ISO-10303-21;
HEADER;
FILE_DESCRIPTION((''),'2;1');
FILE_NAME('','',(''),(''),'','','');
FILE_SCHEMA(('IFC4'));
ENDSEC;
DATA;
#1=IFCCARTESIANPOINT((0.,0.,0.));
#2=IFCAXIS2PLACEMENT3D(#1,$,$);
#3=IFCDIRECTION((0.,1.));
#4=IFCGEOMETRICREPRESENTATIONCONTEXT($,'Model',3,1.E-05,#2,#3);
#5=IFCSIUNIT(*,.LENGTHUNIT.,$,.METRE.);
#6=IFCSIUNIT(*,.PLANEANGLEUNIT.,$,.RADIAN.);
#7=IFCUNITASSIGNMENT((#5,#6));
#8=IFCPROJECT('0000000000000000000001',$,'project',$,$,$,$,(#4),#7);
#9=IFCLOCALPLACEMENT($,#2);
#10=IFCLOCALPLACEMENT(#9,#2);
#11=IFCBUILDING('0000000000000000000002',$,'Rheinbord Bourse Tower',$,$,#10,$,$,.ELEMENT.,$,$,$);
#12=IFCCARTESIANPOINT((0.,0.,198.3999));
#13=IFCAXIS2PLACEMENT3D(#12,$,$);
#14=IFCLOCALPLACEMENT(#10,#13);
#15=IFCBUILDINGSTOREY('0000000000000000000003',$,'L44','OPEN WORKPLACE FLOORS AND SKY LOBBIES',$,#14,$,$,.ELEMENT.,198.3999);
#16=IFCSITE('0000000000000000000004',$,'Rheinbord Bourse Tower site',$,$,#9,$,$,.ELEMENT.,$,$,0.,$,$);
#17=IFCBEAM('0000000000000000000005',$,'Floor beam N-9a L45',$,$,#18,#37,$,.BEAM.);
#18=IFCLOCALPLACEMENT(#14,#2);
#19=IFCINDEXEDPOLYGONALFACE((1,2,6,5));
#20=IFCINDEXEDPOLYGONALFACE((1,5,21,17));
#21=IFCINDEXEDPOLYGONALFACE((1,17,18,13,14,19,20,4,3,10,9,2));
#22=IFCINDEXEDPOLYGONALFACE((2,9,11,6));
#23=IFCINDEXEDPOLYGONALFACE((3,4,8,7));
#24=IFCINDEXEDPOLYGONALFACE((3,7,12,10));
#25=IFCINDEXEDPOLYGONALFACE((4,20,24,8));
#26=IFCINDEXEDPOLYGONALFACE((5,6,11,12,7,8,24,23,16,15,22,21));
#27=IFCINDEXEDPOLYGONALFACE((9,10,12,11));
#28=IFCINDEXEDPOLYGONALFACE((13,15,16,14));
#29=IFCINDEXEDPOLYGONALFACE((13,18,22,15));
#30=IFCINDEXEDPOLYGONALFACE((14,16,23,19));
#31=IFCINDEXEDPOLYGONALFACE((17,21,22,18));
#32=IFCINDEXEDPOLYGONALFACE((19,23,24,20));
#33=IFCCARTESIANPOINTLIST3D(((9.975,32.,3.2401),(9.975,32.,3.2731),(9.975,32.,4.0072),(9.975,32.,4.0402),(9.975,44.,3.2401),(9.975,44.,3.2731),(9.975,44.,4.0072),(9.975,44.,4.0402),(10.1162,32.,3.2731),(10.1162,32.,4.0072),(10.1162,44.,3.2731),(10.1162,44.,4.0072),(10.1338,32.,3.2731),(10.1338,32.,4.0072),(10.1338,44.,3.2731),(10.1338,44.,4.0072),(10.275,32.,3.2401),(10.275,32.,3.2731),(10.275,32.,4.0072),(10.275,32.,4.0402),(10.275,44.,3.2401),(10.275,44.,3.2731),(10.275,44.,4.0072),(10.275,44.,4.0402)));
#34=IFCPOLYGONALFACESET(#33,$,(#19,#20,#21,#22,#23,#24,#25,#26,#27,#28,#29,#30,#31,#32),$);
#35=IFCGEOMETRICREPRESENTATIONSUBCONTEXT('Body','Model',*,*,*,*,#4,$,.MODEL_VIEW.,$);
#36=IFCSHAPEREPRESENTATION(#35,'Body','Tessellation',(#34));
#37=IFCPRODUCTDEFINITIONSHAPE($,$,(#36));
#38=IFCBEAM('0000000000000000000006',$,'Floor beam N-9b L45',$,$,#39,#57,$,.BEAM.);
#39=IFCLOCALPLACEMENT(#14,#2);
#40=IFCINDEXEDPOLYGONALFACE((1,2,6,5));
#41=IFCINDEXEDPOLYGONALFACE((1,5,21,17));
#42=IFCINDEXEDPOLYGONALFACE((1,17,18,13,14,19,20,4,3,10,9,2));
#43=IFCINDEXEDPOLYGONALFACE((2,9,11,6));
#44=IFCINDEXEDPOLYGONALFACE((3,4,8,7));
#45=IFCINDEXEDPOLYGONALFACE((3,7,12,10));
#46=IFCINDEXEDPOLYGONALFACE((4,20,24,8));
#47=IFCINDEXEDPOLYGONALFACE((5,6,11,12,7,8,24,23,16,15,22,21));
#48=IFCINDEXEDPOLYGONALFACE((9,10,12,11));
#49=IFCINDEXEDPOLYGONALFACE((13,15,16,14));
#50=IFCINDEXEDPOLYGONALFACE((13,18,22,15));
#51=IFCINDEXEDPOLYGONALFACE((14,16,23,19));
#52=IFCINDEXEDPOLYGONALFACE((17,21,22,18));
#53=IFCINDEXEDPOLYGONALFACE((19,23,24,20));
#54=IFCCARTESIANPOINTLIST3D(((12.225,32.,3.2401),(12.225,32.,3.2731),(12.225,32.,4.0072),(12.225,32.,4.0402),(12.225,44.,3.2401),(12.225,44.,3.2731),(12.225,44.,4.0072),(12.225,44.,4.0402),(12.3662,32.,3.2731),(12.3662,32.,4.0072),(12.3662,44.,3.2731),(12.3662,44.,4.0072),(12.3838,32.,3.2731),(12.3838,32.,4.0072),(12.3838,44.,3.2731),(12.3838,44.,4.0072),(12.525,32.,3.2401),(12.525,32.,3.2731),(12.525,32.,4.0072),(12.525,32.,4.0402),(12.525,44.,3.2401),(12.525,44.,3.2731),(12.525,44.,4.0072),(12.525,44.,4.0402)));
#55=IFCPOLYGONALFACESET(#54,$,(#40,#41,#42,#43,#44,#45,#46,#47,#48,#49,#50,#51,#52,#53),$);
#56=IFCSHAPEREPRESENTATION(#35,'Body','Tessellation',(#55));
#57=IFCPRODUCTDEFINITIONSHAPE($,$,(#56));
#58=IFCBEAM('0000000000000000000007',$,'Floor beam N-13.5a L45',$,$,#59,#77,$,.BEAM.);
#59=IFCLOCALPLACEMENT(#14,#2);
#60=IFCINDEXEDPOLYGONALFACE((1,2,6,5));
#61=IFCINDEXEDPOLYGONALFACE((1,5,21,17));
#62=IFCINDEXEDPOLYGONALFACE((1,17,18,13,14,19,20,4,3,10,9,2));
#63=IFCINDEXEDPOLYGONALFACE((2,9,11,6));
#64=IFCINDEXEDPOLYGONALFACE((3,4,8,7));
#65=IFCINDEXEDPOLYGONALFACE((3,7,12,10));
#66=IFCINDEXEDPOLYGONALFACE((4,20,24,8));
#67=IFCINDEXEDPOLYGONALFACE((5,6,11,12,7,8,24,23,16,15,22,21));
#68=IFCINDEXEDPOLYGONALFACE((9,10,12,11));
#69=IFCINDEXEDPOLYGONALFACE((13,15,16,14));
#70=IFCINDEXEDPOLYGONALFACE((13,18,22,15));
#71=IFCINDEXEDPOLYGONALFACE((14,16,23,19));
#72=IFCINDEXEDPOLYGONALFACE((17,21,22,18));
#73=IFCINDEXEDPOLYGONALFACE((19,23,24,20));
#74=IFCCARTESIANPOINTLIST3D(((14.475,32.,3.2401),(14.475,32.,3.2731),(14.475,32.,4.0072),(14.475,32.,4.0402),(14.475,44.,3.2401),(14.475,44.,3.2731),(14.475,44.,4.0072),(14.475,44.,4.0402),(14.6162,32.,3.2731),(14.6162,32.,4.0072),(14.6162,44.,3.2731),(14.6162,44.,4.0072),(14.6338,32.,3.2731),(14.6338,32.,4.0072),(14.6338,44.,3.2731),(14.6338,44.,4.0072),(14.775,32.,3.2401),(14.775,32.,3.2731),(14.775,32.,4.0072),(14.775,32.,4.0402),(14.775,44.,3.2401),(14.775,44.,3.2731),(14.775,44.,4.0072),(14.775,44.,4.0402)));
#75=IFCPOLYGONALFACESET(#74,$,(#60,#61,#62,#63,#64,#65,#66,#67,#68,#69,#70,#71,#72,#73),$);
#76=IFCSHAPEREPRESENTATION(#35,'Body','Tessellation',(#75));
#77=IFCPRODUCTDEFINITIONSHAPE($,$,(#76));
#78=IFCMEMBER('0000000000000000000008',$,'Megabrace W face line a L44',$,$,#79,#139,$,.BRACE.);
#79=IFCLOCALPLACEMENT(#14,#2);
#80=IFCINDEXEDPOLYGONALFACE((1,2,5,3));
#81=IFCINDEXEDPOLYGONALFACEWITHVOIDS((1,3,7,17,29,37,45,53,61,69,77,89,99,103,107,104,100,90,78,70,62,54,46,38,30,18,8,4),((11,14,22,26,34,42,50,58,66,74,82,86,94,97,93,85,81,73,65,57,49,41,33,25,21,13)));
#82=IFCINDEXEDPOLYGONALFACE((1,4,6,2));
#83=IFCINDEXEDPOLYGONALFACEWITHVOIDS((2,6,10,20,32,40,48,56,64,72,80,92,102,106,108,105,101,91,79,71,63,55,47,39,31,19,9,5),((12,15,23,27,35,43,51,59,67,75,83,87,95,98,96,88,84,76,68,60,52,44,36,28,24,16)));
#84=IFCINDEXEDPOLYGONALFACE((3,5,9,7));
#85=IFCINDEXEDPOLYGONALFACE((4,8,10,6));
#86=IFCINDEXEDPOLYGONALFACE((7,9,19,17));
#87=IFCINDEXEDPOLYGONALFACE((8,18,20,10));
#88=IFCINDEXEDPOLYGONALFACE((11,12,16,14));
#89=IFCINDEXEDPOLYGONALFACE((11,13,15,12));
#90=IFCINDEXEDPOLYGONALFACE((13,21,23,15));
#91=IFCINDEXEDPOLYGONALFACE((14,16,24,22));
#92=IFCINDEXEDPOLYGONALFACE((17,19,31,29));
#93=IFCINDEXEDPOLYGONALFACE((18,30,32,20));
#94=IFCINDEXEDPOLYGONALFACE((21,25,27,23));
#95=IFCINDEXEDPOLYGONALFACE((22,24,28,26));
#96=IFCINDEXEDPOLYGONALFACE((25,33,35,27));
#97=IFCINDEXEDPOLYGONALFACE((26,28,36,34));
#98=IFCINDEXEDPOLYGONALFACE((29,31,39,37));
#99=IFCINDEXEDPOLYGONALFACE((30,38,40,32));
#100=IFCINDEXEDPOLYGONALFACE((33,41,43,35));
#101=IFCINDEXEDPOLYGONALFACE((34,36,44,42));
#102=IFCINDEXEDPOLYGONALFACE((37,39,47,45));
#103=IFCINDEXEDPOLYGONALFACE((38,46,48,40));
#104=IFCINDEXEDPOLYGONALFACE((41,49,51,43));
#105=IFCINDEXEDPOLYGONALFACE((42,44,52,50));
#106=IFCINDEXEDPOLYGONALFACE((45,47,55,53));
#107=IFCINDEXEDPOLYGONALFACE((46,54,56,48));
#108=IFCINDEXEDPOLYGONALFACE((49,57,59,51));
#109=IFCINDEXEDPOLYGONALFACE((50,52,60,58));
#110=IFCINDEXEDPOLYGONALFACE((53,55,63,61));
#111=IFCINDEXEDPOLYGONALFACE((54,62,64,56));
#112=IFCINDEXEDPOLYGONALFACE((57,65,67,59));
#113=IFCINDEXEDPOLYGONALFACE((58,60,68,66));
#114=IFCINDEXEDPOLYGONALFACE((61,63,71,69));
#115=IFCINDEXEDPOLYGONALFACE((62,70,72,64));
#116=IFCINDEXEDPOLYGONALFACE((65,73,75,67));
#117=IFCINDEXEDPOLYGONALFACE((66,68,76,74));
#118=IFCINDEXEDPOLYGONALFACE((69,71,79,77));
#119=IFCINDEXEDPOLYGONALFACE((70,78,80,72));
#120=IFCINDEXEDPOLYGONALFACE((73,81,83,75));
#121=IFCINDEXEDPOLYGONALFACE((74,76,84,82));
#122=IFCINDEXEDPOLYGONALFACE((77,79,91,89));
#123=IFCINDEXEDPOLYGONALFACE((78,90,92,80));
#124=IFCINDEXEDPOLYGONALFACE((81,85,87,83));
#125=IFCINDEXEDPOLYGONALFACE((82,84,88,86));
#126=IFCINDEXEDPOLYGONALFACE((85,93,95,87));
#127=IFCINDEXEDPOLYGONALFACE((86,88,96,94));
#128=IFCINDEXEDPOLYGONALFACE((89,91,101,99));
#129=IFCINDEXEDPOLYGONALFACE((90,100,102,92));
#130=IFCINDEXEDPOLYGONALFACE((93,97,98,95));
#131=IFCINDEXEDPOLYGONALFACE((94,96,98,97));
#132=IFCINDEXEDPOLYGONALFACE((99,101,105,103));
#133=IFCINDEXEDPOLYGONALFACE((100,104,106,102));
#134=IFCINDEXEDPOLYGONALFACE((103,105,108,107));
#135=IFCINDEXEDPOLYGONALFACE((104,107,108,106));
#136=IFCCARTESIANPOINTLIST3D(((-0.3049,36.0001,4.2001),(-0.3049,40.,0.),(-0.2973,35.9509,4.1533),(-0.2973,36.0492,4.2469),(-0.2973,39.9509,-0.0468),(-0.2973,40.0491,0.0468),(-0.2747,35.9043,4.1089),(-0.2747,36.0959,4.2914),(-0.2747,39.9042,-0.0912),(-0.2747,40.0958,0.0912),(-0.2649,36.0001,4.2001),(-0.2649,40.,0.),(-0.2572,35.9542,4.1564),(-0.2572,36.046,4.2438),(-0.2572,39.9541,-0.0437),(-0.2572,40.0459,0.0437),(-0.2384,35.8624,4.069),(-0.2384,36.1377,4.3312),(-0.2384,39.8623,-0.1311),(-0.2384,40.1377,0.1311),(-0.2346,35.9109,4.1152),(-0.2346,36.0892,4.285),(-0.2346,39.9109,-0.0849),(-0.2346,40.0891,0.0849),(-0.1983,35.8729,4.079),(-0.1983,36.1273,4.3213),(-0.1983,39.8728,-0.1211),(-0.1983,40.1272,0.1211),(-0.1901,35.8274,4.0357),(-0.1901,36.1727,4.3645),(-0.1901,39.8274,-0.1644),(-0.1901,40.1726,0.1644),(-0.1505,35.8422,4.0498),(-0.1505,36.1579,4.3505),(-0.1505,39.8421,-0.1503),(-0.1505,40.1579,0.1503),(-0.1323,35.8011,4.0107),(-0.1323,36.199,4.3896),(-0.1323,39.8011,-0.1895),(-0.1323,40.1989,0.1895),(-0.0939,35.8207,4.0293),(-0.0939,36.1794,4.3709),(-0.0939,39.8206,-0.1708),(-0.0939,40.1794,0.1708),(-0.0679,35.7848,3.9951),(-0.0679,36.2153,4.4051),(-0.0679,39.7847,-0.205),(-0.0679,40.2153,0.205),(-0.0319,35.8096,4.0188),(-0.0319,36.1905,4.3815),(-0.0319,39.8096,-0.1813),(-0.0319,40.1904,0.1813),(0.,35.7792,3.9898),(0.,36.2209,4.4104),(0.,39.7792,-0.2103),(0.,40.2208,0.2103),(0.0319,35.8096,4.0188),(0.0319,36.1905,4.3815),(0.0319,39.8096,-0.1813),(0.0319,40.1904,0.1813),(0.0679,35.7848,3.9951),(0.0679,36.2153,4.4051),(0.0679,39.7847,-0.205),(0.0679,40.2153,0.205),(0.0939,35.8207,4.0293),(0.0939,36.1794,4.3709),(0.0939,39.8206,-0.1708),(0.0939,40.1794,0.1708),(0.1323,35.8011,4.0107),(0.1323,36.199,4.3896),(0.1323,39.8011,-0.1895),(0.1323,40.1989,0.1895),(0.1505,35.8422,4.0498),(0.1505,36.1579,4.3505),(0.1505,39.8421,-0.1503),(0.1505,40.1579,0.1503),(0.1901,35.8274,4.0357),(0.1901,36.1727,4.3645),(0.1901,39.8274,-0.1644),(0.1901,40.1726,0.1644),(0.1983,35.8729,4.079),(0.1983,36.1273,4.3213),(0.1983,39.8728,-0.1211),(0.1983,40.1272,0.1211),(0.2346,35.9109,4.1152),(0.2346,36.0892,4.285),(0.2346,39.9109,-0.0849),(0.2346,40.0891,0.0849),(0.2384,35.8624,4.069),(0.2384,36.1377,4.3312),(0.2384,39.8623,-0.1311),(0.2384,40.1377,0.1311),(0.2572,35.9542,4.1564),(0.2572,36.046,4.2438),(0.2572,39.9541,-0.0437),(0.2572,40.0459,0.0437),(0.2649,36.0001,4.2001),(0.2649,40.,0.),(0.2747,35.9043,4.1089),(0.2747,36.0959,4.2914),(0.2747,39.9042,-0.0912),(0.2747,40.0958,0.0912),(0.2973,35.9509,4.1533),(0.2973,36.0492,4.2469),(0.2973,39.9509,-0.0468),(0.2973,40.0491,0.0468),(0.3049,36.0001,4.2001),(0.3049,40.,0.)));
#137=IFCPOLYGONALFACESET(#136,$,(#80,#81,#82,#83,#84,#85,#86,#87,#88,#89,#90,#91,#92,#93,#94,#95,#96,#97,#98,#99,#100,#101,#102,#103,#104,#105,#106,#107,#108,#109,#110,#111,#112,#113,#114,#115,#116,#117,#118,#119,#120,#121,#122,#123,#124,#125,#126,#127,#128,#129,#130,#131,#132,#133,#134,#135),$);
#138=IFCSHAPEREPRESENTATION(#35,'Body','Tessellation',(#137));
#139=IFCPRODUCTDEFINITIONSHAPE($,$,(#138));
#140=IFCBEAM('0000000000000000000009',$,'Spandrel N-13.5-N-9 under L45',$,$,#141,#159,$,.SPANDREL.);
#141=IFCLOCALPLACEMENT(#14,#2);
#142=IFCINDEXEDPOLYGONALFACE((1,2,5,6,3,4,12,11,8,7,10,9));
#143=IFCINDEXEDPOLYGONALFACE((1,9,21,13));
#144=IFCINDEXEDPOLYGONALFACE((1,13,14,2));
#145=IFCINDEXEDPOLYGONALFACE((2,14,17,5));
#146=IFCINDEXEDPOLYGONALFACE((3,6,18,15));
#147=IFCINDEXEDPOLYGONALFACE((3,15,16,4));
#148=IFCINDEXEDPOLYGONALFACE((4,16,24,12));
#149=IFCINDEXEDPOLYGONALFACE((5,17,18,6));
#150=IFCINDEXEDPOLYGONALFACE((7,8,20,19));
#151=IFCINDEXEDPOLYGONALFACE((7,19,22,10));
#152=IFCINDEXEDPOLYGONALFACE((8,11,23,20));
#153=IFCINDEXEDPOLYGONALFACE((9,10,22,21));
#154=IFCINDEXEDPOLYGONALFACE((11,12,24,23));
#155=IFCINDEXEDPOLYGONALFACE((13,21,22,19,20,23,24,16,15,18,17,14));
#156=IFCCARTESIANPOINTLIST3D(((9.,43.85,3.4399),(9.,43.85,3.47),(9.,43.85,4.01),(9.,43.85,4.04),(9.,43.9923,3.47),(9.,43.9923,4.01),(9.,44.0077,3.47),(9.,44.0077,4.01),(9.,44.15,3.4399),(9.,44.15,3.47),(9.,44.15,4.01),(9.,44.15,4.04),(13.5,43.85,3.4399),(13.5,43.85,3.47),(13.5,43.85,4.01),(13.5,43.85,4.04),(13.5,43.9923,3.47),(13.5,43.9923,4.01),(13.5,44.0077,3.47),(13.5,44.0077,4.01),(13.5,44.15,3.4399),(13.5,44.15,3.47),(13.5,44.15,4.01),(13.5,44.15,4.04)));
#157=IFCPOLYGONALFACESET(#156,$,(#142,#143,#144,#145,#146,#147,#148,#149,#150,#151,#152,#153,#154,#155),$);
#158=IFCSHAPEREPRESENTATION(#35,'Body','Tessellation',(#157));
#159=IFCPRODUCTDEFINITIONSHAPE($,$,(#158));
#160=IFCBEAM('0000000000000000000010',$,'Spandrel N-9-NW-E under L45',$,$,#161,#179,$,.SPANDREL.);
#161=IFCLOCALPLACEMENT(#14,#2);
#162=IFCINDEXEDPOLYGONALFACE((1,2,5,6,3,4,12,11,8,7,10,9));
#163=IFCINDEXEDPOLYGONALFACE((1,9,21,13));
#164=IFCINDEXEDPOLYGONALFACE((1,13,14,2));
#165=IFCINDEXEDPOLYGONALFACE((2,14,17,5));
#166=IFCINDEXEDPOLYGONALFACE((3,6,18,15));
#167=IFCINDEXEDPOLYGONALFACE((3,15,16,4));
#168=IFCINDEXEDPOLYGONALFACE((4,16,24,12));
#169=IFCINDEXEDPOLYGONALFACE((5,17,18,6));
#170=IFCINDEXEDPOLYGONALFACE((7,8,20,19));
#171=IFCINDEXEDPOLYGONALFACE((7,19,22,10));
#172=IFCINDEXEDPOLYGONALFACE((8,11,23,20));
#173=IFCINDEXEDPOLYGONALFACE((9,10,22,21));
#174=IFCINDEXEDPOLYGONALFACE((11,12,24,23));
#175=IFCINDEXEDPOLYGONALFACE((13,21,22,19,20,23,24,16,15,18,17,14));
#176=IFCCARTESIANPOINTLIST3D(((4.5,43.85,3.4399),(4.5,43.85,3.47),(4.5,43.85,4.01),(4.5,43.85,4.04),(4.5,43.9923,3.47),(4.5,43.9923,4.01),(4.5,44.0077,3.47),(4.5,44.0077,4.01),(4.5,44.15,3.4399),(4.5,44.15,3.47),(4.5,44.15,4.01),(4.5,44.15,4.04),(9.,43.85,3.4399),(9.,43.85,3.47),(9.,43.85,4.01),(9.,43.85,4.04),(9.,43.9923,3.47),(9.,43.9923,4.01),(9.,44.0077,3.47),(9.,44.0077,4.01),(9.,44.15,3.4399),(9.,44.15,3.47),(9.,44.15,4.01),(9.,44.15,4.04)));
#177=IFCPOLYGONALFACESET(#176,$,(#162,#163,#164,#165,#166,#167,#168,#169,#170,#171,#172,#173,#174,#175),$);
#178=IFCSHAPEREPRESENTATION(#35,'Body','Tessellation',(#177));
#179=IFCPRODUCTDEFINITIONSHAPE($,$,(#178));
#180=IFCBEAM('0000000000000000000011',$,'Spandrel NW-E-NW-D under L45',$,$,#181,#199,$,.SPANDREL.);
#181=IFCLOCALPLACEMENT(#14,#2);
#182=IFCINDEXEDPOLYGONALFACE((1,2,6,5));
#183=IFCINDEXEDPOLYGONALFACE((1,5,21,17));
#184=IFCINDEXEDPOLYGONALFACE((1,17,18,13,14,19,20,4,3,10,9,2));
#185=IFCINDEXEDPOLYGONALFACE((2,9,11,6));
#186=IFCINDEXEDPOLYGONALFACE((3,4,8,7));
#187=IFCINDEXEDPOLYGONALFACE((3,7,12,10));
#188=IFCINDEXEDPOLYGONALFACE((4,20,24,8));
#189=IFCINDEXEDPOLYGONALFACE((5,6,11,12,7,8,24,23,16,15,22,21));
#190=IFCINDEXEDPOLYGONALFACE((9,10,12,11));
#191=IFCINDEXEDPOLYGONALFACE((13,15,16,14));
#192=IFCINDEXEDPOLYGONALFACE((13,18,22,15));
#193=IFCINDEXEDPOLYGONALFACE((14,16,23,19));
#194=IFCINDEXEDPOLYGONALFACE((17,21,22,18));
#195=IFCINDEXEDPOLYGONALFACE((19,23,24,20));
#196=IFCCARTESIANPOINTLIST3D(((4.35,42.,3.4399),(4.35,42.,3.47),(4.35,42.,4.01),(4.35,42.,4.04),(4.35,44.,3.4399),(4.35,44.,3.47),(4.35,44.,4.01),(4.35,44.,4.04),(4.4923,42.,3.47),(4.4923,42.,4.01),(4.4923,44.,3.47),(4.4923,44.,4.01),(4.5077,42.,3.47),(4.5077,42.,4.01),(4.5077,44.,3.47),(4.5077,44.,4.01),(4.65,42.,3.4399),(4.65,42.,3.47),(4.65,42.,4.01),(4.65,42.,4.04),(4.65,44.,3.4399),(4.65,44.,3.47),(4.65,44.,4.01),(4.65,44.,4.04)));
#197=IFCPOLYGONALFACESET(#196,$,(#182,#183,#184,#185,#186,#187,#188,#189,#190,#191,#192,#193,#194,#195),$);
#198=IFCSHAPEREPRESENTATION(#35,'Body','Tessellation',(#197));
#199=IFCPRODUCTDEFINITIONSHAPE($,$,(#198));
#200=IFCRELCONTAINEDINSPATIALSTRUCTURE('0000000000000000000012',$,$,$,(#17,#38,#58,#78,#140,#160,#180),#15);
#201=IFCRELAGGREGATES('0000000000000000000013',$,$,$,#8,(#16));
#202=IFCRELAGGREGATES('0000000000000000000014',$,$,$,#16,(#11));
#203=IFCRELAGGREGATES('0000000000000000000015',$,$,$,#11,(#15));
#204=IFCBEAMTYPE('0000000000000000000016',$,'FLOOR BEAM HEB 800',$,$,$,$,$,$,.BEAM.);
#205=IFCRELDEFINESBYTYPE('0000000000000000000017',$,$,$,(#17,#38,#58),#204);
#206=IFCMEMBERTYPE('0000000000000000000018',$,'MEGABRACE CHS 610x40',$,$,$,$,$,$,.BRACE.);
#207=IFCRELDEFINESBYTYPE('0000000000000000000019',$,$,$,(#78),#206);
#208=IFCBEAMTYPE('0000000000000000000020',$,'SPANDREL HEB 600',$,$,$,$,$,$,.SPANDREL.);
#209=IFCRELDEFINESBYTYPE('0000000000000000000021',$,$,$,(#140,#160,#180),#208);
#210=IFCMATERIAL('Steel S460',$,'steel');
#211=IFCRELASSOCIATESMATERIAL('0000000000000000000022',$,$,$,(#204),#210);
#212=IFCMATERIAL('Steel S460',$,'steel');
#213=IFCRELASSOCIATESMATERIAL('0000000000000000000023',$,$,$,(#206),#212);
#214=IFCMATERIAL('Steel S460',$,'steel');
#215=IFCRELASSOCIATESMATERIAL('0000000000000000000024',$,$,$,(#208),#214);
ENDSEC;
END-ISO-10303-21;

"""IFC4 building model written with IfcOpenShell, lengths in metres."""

from ifc_helpers import new_model, si_unit, direction, frame, origin, origin_2d, place, context, subcontext, project, spatial, hollow_circle, i_section, extrude, material, material_profile, profile_set, type_object, element, save


model = new_model("IFC4")

# Units and contexts
model_context = context("Model", 3, precision=1e-05, world=origin(), true_north=direction((0.0, 1.0)))
body_context = subcontext(model_context, "Body", "Model", "MODEL_VIEW")
ifc_project = project(units=[si_unit("LENGTHUNIT", "METRE"), si_unit("PLANEANGLEUNIT", "RADIAN")], contexts=[model_context])

# Site, building, storey
site_placement = place(None, origin())
site = spatial("IfcSite", under=ifc_project, at=site_placement, Name="Rheinbord Bourse Tower site", CompositionType="ELEMENT", RefElevation=0.0)
building_placement = place(site_placement, origin())
building = spatial("IfcBuilding", under=site, at=building_placement, Name="Rheinbord Bourse Tower", CompositionType="ELEMENT")
storey_placement = place(building_placement, frame((0.0, 0.0, 198.3999)))
storey = spatial("IfcBuildingStorey", under=building, at=storey_placement, Name="L44", Description="OPEN WORKPLACE FLOORS AND SKY LOBBIES", CompositionType="ELEMENT", Elevation=198.3999)

# Beams
ifc_material_1 = material(Name="Steel S460", Category="steel")
ifc_material_profile_1 = material_profile(ifc_material_1, i_section(OverallWidth=0.3, OverallDepth=0.8, WebThickness=0.0176, FlangeThickness=0.033, at=origin_2d()), Name="HEB 800")
ifc_profile_set_1 = profile_set([ifc_material_profile_1], Name="Steel S460")
beam_type_1 = type_object("IfcBeamType", Name="FLOOR BEAM HEB 800", PredefinedType="BEAM", material=ifc_profile_set_1)
for number, where, z_axis, x_axis, name in (
    (1, (10.125, 44.0, 3.6401), (0.0, -1.0, 0.0), (1.0, 0.0, 0.0), "Floor beam N-9a L45"),
    (2, (12.375, 44.0, 3.6401), (0.0, -1.0, 0.0), (1.0, 0.0, 0.0), "Floor beam N-9b L45"),
    (3, (14.625, 44.0, 3.6401), (0.0, -1.0, 0.0), (1.0, 0.0, 0.0), "Floor beam N-13.5a L45"),
):
    element("IfcBeam", number, at=place(storey_placement, frame(where, z_axis=z_axis, x_axis=x_axis)), inside=storey, type_object=beam_type_1, Name=name, PredefinedType="BEAM", context=body_context, shape_type="SweptSolid", body=[
        extrude(i_section(OverallWidth=0.3, OverallDepth=0.8, WebThickness=0.0176, FlangeThickness=0.033, at=origin_2d()), origin(), (0.0, 0.0, 1.0), 12.0),
    ])

# Member
ifc_material_2 = material(Name="Steel S460", Category="steel")
ifc_material_profile_2 = material_profile(ifc_material_2, hollow_circle(Radius=0.3049, WallThickness=0.04, at=origin_2d()), Name="CHS 610x40")
ifc_profile_set_2 = profile_set([ifc_material_profile_2], Name="Steel S460")
member_type_1 = type_object("IfcMemberType", Name="MEGABRACE CHS 610x40", PredefinedType="BRACE", material=ifc_profile_set_2)
member_1_placement = place(storey_placement, frame((0.0, 40.0, 0.0), z_axis=(0.0, -0.689638, 0.724154), x_axis=(1.0, 0.0, 0.0)))
element("IfcMember", 4, at=member_1_placement, inside=storey, type_object=member_type_1, Name="Megabrace W face line a L44", PredefinedType="BRACE", context=body_context, shape_type="SweptSolid", body=[
    extrude(hollow_circle(Radius=0.3049, WallThickness=0.04, at=origin_2d()), origin(), (0.0, 0.0, 1.0), 5.8),
])

# Beams
ifc_material_3 = material(Name="Steel S460", Category="steel")
ifc_material_profile_3 = material_profile(ifc_material_3, i_section(OverallWidth=0.3, OverallDepth=0.6001, WebThickness=0.0154, FlangeThickness=0.03, at=origin_2d()), Name="HEB 600")
ifc_profile_set_3 = profile_set([ifc_material_profile_3], Name="Steel S460")
beam_type_2 = type_object("IfcBeamType", Name="SPANDREL HEB 600", PredefinedType="SPANDREL", material=ifc_profile_set_3)
for number, where, z_axis, x_axis, name in (
    (5, (13.5, 44.0, 3.74), (-1.0, 0.0, 0.0), (0.0, -1.0, 0.0), "Spandrel N-13.5-N-9 under L45"),
    (6, (9.0, 44.0, 3.74), (-1.0, 0.0, 0.0), (0.0, -1.0, 0.0), "Spandrel N-9-NW-E under L45"),
):
    element("IfcBeam", number, at=place(storey_placement, frame(where, z_axis=z_axis, x_axis=x_axis)), inside=storey, type_object=beam_type_2, Name=name, PredefinedType="SPANDREL", context=body_context, shape_type="SweptSolid", body=[
        extrude(i_section(OverallWidth=0.3, OverallDepth=0.6001, WebThickness=0.0154, FlangeThickness=0.03, at=origin_2d()), origin(), (0.0, 0.0, 1.0), 4.5),
    ])
beam_1_placement = place(storey_placement, frame((4.5, 44.0, 3.74), z_axis=(0.0, -1.0, 0.0), x_axis=(1.0, 0.0, 0.0)))
element("IfcBeam", 7, at=beam_1_placement, inside=storey, type_object=beam_type_2, Name="Spandrel NW-E-NW-D under L45", PredefinedType="SPANDREL", context=body_context, shape_type="SweptSolid", body=[
    extrude(i_section(OverallWidth=0.3, OverallDepth=0.6001, WebThickness=0.0154, FlangeThickness=0.03, at=origin_2d()), origin(), (0.0, 0.0, 1.0), 2.0),
])

save(model, "model.ifc")
